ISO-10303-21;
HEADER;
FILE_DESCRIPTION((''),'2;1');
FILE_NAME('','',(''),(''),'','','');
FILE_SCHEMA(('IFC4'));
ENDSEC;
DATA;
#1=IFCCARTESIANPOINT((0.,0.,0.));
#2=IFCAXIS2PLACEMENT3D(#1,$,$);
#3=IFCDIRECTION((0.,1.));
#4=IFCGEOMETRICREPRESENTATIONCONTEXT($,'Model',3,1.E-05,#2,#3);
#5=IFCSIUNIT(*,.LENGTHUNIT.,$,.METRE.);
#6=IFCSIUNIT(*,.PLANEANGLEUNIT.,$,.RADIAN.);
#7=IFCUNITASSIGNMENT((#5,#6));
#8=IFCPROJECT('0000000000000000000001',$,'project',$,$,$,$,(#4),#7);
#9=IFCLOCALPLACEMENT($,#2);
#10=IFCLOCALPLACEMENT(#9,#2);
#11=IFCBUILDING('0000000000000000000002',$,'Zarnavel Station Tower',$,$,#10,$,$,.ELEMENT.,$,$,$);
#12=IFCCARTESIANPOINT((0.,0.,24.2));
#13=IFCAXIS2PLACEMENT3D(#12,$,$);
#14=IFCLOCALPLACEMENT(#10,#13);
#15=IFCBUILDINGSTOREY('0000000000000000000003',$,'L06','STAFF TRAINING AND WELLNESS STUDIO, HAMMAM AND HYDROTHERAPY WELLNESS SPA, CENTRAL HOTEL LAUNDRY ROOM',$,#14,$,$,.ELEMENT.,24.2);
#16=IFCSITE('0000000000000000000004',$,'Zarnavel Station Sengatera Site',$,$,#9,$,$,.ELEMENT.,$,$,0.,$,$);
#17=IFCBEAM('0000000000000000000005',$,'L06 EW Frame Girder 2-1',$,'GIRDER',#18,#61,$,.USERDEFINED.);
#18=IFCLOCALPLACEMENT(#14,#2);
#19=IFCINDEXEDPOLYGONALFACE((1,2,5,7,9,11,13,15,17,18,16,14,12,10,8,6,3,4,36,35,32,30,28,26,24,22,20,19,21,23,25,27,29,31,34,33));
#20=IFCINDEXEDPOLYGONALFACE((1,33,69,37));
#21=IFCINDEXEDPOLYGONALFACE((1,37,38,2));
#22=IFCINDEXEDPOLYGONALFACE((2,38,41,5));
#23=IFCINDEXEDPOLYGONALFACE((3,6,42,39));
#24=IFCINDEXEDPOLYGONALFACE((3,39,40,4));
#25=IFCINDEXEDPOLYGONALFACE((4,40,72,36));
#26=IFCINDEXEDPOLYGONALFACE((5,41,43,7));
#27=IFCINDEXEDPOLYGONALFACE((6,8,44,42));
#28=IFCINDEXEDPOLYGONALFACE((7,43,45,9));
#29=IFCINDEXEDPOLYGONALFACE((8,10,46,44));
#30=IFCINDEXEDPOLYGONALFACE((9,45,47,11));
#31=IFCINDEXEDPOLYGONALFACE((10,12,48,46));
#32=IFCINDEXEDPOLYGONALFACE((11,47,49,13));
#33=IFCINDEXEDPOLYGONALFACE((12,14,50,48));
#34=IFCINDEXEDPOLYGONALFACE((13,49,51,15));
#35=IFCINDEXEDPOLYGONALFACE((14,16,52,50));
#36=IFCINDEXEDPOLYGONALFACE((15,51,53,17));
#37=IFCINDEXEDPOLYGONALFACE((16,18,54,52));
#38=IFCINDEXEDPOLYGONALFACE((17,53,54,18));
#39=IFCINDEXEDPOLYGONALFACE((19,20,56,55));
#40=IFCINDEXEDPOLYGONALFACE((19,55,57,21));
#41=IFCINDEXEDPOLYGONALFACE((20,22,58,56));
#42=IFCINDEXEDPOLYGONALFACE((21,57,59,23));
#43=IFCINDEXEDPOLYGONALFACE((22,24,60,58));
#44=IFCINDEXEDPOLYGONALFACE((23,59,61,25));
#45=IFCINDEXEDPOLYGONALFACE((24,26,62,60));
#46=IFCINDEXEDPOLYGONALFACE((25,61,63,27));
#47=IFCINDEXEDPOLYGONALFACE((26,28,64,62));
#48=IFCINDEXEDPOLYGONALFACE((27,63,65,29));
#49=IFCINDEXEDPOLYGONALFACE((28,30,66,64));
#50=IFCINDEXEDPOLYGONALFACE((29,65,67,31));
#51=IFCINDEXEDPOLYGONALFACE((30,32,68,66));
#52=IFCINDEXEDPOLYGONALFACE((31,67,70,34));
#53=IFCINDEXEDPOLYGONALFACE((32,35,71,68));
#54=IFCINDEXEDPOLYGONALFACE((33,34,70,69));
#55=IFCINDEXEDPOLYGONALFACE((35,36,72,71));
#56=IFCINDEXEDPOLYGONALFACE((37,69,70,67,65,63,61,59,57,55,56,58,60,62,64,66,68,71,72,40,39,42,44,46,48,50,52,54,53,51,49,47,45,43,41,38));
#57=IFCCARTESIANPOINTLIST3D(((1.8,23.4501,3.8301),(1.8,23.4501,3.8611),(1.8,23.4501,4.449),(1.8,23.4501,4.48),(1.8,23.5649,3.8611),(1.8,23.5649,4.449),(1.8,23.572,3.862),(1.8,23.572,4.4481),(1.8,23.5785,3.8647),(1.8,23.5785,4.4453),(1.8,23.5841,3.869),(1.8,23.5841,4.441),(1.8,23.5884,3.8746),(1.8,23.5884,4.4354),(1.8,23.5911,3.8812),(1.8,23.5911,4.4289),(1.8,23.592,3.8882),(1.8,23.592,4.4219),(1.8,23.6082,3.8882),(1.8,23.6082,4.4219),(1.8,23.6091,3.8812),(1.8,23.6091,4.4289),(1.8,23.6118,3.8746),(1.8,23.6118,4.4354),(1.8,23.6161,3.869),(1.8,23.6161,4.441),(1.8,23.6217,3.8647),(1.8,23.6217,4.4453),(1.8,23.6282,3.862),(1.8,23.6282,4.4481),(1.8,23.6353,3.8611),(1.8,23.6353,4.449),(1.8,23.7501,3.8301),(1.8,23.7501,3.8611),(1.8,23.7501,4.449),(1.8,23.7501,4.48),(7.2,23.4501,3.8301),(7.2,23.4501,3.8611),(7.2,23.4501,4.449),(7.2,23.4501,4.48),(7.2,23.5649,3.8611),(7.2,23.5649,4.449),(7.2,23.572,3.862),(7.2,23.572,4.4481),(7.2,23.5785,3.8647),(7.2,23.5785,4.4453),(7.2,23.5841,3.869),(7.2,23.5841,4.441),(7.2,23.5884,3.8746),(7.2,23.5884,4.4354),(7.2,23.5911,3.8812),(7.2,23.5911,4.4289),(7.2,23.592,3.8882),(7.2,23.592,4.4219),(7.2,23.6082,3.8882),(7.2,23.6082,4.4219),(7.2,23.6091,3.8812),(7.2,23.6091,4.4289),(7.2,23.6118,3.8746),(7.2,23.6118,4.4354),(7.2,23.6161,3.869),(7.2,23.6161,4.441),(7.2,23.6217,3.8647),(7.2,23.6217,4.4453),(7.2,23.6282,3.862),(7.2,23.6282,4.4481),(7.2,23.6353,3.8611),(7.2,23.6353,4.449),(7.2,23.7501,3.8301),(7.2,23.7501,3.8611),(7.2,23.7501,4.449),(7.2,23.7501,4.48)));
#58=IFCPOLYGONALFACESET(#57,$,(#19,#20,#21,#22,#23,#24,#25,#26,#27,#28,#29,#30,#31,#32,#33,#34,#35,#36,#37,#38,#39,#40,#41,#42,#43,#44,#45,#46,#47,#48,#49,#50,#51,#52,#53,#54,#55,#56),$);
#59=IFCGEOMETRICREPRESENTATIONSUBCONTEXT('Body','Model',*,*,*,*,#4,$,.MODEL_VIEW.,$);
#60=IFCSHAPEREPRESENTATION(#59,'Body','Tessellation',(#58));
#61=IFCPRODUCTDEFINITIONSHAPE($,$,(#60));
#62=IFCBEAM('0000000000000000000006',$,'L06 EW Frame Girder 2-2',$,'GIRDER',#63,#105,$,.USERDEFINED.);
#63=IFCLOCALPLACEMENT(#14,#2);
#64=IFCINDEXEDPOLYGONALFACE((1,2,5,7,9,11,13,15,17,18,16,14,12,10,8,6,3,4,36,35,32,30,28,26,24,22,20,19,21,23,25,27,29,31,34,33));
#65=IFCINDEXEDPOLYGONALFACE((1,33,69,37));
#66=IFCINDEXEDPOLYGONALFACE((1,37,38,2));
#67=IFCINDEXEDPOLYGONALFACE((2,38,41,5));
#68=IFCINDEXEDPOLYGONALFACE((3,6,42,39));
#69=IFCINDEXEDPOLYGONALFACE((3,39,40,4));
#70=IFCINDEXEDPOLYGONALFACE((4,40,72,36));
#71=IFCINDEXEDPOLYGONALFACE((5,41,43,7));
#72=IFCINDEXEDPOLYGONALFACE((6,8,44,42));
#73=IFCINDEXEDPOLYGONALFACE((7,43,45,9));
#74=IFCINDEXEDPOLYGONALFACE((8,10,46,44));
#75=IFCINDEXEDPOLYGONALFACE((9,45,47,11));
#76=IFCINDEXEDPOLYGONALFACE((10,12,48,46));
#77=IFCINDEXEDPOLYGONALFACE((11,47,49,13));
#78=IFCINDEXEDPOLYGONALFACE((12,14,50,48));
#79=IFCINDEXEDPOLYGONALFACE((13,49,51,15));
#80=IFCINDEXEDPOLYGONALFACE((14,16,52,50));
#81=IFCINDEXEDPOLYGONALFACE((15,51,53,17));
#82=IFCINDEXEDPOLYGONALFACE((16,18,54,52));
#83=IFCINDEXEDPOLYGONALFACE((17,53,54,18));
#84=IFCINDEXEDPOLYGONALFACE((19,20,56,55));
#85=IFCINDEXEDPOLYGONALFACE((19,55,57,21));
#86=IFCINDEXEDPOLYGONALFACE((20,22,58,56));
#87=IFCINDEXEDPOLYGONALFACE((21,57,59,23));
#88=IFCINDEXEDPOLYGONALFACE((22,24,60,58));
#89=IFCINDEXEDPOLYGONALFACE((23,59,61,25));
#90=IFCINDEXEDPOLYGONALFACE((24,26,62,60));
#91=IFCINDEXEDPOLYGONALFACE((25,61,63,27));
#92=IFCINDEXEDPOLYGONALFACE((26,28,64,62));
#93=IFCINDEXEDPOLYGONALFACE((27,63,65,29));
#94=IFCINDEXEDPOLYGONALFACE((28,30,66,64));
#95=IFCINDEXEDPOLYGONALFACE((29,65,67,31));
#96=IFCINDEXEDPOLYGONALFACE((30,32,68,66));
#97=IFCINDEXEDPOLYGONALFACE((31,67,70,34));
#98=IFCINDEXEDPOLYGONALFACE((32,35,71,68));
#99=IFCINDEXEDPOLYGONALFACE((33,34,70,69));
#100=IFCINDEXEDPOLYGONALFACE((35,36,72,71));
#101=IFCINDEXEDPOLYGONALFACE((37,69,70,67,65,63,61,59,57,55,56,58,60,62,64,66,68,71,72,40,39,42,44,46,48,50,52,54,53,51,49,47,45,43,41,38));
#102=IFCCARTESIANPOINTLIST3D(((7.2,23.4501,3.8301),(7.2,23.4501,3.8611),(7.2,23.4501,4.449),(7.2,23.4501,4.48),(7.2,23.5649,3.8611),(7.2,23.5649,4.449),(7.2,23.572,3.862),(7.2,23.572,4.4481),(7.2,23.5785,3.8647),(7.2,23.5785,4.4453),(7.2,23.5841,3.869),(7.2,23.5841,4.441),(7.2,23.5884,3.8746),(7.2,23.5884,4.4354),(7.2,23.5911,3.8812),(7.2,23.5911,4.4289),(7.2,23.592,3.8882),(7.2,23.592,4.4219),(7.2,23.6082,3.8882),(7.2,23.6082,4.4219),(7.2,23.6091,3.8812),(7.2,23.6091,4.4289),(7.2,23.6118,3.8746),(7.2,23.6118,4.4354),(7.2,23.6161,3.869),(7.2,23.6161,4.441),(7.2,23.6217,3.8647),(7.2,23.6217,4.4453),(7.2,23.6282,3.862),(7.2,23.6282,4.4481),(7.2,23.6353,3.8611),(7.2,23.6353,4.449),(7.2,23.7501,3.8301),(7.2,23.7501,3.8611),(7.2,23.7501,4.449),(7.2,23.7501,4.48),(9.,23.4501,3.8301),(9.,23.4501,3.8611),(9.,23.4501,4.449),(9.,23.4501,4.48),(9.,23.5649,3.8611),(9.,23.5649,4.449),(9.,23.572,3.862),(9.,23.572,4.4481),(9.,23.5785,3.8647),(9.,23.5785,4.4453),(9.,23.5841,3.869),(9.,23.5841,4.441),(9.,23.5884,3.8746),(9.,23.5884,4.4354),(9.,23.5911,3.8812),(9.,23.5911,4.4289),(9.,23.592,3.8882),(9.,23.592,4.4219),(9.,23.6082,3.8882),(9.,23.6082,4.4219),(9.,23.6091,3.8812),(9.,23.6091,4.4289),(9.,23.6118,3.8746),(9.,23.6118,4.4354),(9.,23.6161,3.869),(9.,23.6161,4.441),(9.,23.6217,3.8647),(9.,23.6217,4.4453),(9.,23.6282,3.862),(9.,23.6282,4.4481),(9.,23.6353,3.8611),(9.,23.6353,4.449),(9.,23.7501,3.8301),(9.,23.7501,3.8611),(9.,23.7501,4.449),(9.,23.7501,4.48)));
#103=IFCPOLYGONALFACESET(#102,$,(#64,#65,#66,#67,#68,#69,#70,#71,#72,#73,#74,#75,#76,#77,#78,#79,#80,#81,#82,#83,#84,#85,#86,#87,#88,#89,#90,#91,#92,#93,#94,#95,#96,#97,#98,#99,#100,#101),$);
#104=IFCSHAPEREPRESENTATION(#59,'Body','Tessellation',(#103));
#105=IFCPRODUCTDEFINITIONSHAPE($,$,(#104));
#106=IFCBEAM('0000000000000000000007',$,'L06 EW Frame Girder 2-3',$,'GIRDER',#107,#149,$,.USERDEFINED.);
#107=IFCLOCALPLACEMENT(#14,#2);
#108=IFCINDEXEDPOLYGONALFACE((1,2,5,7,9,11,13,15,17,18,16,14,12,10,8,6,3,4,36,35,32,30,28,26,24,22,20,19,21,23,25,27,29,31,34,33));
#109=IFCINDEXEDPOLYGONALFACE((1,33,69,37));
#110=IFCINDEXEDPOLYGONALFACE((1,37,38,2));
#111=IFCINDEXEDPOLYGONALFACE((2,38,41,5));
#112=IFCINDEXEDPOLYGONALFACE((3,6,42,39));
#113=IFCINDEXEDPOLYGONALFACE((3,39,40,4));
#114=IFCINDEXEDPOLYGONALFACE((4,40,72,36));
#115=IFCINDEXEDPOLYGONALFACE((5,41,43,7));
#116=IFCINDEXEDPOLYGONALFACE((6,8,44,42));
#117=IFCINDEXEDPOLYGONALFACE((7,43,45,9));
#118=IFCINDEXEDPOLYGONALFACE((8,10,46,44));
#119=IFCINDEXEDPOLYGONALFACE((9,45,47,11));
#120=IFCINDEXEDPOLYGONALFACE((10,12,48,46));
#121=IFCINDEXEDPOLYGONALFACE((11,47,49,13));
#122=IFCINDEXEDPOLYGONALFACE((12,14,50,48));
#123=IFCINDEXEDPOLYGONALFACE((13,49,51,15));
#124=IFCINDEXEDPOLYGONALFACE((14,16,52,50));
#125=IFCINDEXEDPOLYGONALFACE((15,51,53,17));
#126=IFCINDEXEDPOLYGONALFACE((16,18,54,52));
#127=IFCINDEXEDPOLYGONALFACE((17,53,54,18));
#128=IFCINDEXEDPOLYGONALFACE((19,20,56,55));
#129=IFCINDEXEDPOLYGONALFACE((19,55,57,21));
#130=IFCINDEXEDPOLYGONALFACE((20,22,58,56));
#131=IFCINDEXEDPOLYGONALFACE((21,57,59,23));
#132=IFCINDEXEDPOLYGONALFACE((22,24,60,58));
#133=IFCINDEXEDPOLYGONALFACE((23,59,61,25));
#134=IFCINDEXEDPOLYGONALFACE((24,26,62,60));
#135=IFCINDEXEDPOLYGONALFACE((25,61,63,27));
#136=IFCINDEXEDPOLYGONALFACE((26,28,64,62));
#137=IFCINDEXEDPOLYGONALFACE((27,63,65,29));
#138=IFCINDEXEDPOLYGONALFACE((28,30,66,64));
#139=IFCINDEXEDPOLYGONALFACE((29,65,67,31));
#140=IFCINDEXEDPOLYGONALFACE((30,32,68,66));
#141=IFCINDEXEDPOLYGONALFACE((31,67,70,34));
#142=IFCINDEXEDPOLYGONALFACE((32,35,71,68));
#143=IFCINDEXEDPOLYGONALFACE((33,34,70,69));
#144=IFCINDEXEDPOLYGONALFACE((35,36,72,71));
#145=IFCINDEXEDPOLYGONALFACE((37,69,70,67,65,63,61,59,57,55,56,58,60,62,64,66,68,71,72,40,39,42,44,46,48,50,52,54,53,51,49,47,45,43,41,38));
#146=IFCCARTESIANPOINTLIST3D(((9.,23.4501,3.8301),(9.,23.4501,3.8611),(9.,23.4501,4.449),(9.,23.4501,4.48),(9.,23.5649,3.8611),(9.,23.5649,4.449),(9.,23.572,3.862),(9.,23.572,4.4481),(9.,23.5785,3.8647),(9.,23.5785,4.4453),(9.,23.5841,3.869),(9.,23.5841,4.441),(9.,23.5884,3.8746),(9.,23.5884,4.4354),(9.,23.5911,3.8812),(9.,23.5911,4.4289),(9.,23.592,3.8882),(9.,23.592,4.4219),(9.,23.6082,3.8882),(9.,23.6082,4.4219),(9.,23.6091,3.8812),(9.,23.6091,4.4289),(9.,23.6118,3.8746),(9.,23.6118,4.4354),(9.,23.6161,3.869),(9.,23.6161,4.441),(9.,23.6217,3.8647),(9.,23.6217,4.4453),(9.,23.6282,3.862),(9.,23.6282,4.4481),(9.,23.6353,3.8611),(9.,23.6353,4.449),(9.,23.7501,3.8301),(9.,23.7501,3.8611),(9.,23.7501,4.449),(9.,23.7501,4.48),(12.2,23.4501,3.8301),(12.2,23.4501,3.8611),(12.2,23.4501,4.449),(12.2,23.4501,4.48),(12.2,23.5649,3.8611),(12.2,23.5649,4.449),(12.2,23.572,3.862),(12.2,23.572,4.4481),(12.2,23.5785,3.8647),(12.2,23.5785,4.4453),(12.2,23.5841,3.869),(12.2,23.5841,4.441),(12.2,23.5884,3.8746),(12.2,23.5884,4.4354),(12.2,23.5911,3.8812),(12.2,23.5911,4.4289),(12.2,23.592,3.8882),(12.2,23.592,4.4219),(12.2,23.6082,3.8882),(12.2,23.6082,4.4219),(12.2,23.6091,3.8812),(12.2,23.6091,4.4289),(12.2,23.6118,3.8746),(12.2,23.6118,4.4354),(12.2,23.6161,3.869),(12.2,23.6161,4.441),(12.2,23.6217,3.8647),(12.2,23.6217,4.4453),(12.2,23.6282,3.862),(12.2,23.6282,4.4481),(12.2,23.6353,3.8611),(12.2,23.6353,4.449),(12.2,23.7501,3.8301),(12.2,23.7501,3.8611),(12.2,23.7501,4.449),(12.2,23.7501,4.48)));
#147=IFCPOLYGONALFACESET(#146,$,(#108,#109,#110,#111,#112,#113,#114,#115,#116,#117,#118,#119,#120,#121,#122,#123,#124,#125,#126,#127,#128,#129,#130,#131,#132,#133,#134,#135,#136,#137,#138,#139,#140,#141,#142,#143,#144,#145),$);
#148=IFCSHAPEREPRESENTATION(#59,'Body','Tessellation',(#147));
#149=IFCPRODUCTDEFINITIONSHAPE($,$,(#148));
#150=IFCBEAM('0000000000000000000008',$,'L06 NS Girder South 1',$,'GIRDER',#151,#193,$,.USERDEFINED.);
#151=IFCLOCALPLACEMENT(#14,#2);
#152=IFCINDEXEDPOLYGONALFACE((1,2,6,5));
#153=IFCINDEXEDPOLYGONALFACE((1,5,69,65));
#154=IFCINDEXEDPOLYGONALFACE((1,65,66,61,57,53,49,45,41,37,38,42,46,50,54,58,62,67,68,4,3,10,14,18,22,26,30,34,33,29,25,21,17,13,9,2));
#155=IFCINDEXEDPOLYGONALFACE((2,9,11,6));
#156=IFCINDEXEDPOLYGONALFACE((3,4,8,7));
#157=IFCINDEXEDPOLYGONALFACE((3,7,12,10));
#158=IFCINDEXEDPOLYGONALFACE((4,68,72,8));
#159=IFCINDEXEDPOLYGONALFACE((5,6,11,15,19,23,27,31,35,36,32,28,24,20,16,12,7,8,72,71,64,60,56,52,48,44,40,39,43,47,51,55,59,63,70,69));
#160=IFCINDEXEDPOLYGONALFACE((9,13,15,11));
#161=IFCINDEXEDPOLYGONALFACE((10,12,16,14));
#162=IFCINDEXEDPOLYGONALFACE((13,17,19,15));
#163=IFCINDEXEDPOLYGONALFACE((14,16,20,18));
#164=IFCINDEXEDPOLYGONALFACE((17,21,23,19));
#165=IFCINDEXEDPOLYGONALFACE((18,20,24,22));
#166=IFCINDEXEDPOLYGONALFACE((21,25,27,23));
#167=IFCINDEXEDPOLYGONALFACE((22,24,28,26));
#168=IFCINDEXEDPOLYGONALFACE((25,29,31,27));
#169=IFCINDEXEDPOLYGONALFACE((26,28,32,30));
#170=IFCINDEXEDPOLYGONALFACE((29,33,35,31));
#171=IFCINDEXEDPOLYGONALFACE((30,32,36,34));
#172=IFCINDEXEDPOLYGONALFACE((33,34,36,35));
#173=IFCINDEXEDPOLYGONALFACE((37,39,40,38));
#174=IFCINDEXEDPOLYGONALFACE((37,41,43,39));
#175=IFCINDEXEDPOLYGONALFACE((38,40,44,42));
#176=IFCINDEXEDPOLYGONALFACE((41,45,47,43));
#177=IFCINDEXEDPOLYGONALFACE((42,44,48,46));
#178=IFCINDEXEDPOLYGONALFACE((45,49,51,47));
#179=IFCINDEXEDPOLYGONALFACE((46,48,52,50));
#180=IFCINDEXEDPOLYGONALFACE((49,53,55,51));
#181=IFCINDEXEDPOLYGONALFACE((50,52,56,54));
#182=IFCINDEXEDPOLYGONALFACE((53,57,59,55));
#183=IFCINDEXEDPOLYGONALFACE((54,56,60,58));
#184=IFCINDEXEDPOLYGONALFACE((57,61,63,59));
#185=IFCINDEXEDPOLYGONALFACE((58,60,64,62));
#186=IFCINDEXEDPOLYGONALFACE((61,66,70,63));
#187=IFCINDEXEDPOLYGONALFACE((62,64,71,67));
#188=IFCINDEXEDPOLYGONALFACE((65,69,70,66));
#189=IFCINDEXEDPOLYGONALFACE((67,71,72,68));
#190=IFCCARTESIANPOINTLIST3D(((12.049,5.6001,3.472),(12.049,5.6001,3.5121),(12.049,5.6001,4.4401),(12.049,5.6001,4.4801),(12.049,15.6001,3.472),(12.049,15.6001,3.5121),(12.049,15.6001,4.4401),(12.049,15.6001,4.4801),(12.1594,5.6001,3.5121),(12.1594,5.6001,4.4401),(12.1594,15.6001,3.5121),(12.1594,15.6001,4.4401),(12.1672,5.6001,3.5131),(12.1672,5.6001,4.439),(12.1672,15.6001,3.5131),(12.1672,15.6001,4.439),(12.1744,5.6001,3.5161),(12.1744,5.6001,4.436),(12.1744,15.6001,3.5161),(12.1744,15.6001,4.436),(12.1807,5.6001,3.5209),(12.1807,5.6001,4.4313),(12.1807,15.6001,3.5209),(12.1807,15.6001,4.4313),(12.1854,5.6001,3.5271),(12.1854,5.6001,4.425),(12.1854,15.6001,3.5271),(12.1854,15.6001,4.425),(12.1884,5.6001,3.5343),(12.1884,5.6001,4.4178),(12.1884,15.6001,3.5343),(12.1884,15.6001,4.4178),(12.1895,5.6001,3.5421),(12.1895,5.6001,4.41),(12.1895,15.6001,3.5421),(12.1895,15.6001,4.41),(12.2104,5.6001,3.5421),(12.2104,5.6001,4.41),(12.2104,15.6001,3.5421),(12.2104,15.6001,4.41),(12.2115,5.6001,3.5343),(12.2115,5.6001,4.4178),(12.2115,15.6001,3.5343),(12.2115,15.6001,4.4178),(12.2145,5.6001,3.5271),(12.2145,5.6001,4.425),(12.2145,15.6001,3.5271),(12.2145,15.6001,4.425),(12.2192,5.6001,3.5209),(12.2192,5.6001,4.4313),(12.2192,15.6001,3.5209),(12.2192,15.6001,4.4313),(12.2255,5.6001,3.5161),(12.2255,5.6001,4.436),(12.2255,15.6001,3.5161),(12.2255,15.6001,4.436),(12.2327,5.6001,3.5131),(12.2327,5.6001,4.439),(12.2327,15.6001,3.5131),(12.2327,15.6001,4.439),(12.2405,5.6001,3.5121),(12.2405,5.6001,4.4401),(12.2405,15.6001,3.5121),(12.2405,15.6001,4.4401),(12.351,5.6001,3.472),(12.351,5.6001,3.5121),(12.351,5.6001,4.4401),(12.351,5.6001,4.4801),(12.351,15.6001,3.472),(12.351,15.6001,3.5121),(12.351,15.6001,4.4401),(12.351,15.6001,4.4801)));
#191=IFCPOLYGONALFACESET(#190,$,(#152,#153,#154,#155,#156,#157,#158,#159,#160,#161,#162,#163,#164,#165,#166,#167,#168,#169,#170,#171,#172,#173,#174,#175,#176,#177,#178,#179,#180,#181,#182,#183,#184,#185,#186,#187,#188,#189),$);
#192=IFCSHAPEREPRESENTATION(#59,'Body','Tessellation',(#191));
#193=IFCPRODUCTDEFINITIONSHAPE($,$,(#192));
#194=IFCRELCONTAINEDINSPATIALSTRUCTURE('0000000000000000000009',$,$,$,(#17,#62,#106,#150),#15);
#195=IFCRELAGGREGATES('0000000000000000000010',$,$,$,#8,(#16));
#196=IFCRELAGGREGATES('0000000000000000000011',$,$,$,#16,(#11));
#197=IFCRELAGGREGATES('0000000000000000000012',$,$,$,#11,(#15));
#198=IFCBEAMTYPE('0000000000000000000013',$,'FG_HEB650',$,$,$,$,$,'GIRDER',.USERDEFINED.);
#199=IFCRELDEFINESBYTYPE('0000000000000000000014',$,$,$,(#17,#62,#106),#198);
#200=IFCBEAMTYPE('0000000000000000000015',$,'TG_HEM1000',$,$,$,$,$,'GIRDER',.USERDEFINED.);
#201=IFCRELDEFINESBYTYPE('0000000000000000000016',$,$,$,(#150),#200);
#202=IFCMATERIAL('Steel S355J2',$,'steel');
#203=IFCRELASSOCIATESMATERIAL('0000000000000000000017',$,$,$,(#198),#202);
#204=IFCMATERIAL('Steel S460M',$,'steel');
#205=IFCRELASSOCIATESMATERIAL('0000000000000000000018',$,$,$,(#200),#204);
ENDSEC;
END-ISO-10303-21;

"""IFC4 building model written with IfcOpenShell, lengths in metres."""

from ifc_helpers import new_model, si_unit, direction, frame, origin, origin_2d, place, context, subcontext, project, spatial, i_section, extrude, material, material_profile, profile_set, type_object, element, save


model = new_model("IFC4")

# Units and contexts
model_context = context("Model", 3, precision=1e-05, world=origin(), true_north=direction((0.0, 1.0)))
body_context = subcontext(model_context, "Body", "Model", "MODEL_VIEW")
ifc_project = project(units=[si_unit("LENGTHUNIT", "METRE"), si_unit("PLANEANGLEUNIT", "RADIAN")], contexts=[model_context])

# Site, building, storey
site_placement = place(None, origin())
site = spatial("IfcSite", under=ifc_project, at=site_placement, Name="Zarnavel Station Sengatera Site", CompositionType="ELEMENT", RefElevation=0.0)
building_placement = place(site_placement, origin())
building = spatial("IfcBuilding", under=site, at=building_placement, Name="Zarnavel Station Tower", CompositionType="ELEMENT")
storey_placement = place(building_placement, frame((0.0, 0.0, 24.2)))
storey = spatial("IfcBuildingStorey", under=building, at=storey_placement, Name="L06", Description="STAFF TRAINING AND WELLNESS STUDIO, HAMMAM AND HYDROTHERAPY WELLNESS SPA, CENTRAL HOTEL LAUNDRY ROOM", CompositionType="ELEMENT", Elevation=24.2)

# Beams
ifc_material_1 = material(Name="Steel S355J2", Category="steel")
ifc_material_profile_1 = material_profile(ifc_material_1, i_section(OverallWidth=0.3, OverallDepth=0.6499, WebThickness=0.0161, FlangeThickness=0.031, FilletRadius=0.0271, at=origin_2d()), Name="HEB650")
ifc_profile_set_1 = profile_set([ifc_material_profile_1], Name="Steel S355J2")
beam_type_1 = type_object("IfcBeamType", Name="FG_HEB650", ElementType="GIRDER", PredefinedType="USERDEFINED", material=ifc_profile_set_1)
beam_1_placement = place(storey_placement, frame((1.8, 23.6001, 4.155), z_axis=(1.0, 0.0, 0.0), x_axis=(0.0, 1.0, 0.0)))
element("IfcBeam", 1, at=beam_1_placement, inside=storey, type_object=beam_type_1, Name="L06 EW Frame Girder 2-1", ObjectType="GIRDER", PredefinedType="USERDEFINED", context=body_context, shape_type="SweptSolid", body=[
    extrude(i_section(OverallWidth=0.3, OverallDepth=0.6499, WebThickness=0.0161, FlangeThickness=0.031, FilletRadius=0.0271, at=origin_2d()), origin(), (0.0, 0.0, 1.0), 5.3999),
])
beam_2_placement = place(storey_placement, frame((7.2, 23.6001, 4.155), z_axis=(1.0, 0.0, 0.0), x_axis=(0.0, 1.0, 0.0)))
element("IfcBeam", 2, at=beam_2_placement, inside=storey, type_object=beam_type_1, Name="L06 EW Frame Girder 2-2", ObjectType="GIRDER", PredefinedType="USERDEFINED", context=body_context, shape_type="SweptSolid", body=[
    extrude(i_section(OverallWidth=0.3, OverallDepth=0.6499, WebThickness=0.0161, FlangeThickness=0.031, FilletRadius=0.0271, at=origin_2d()), origin(), (0.0, 0.0, 1.0), 1.8),
])
beam_3_placement = place(storey_placement, frame((9.0, 23.6001, 4.155), z_axis=(1.0, 0.0, 0.0), x_axis=(0.0, 1.0, 0.0)))
element("IfcBeam", 3, at=beam_3_placement, inside=storey, type_object=beam_type_1, Name="L06 EW Frame Girder 2-3", ObjectType="GIRDER", PredefinedType="USERDEFINED", context=body_context, shape_type="SweptSolid", body=[
    extrude(i_section(OverallWidth=0.3, OverallDepth=0.6499, WebThickness=0.0161, FlangeThickness=0.031, FilletRadius=0.0271, at=origin_2d()), origin(), (0.0, 0.0, 1.0), 3.2),
])
ifc_material_2 = material(Name="Steel S460M", Category="steel")
ifc_material_profile_2 = material_profile(ifc_material_2, i_section(OverallWidth=0.302, OverallDepth=1.0081, WebThickness=0.021, FlangeThickness=0.04, FilletRadius=0.03, at=origin_2d()), Name="HEM1000")
ifc_profile_set_2 = profile_set([ifc_material_profile_2], Name="Steel S460M")
beam_type_2 = type_object("IfcBeamType", Name="TG_HEM1000", ElementType="GIRDER", PredefinedType="USERDEFINED", material=ifc_profile_set_2)
beam_4_placement = place(storey_placement, frame((12.2, 5.6001, 3.9761), z_axis=(0.0, 1.0, 0.0), x_axis=(-1.0, 0.0, 0.0)))
element("IfcBeam", 4, at=beam_4_placement, inside=storey, type_object=beam_type_2, Name="L06 NS Girder South 1", ObjectType="GIRDER", PredefinedType="USERDEFINED", context=body_context, shape_type="SweptSolid", body=[
    extrude(i_section(OverallWidth=0.302, OverallDepth=1.0081, WebThickness=0.021, FlangeThickness=0.04, FilletRadius=0.03, at=origin_2d()), origin(), (0.0, 0.0, 1.0), 10.0),
])

save(model, "model.ifc")
